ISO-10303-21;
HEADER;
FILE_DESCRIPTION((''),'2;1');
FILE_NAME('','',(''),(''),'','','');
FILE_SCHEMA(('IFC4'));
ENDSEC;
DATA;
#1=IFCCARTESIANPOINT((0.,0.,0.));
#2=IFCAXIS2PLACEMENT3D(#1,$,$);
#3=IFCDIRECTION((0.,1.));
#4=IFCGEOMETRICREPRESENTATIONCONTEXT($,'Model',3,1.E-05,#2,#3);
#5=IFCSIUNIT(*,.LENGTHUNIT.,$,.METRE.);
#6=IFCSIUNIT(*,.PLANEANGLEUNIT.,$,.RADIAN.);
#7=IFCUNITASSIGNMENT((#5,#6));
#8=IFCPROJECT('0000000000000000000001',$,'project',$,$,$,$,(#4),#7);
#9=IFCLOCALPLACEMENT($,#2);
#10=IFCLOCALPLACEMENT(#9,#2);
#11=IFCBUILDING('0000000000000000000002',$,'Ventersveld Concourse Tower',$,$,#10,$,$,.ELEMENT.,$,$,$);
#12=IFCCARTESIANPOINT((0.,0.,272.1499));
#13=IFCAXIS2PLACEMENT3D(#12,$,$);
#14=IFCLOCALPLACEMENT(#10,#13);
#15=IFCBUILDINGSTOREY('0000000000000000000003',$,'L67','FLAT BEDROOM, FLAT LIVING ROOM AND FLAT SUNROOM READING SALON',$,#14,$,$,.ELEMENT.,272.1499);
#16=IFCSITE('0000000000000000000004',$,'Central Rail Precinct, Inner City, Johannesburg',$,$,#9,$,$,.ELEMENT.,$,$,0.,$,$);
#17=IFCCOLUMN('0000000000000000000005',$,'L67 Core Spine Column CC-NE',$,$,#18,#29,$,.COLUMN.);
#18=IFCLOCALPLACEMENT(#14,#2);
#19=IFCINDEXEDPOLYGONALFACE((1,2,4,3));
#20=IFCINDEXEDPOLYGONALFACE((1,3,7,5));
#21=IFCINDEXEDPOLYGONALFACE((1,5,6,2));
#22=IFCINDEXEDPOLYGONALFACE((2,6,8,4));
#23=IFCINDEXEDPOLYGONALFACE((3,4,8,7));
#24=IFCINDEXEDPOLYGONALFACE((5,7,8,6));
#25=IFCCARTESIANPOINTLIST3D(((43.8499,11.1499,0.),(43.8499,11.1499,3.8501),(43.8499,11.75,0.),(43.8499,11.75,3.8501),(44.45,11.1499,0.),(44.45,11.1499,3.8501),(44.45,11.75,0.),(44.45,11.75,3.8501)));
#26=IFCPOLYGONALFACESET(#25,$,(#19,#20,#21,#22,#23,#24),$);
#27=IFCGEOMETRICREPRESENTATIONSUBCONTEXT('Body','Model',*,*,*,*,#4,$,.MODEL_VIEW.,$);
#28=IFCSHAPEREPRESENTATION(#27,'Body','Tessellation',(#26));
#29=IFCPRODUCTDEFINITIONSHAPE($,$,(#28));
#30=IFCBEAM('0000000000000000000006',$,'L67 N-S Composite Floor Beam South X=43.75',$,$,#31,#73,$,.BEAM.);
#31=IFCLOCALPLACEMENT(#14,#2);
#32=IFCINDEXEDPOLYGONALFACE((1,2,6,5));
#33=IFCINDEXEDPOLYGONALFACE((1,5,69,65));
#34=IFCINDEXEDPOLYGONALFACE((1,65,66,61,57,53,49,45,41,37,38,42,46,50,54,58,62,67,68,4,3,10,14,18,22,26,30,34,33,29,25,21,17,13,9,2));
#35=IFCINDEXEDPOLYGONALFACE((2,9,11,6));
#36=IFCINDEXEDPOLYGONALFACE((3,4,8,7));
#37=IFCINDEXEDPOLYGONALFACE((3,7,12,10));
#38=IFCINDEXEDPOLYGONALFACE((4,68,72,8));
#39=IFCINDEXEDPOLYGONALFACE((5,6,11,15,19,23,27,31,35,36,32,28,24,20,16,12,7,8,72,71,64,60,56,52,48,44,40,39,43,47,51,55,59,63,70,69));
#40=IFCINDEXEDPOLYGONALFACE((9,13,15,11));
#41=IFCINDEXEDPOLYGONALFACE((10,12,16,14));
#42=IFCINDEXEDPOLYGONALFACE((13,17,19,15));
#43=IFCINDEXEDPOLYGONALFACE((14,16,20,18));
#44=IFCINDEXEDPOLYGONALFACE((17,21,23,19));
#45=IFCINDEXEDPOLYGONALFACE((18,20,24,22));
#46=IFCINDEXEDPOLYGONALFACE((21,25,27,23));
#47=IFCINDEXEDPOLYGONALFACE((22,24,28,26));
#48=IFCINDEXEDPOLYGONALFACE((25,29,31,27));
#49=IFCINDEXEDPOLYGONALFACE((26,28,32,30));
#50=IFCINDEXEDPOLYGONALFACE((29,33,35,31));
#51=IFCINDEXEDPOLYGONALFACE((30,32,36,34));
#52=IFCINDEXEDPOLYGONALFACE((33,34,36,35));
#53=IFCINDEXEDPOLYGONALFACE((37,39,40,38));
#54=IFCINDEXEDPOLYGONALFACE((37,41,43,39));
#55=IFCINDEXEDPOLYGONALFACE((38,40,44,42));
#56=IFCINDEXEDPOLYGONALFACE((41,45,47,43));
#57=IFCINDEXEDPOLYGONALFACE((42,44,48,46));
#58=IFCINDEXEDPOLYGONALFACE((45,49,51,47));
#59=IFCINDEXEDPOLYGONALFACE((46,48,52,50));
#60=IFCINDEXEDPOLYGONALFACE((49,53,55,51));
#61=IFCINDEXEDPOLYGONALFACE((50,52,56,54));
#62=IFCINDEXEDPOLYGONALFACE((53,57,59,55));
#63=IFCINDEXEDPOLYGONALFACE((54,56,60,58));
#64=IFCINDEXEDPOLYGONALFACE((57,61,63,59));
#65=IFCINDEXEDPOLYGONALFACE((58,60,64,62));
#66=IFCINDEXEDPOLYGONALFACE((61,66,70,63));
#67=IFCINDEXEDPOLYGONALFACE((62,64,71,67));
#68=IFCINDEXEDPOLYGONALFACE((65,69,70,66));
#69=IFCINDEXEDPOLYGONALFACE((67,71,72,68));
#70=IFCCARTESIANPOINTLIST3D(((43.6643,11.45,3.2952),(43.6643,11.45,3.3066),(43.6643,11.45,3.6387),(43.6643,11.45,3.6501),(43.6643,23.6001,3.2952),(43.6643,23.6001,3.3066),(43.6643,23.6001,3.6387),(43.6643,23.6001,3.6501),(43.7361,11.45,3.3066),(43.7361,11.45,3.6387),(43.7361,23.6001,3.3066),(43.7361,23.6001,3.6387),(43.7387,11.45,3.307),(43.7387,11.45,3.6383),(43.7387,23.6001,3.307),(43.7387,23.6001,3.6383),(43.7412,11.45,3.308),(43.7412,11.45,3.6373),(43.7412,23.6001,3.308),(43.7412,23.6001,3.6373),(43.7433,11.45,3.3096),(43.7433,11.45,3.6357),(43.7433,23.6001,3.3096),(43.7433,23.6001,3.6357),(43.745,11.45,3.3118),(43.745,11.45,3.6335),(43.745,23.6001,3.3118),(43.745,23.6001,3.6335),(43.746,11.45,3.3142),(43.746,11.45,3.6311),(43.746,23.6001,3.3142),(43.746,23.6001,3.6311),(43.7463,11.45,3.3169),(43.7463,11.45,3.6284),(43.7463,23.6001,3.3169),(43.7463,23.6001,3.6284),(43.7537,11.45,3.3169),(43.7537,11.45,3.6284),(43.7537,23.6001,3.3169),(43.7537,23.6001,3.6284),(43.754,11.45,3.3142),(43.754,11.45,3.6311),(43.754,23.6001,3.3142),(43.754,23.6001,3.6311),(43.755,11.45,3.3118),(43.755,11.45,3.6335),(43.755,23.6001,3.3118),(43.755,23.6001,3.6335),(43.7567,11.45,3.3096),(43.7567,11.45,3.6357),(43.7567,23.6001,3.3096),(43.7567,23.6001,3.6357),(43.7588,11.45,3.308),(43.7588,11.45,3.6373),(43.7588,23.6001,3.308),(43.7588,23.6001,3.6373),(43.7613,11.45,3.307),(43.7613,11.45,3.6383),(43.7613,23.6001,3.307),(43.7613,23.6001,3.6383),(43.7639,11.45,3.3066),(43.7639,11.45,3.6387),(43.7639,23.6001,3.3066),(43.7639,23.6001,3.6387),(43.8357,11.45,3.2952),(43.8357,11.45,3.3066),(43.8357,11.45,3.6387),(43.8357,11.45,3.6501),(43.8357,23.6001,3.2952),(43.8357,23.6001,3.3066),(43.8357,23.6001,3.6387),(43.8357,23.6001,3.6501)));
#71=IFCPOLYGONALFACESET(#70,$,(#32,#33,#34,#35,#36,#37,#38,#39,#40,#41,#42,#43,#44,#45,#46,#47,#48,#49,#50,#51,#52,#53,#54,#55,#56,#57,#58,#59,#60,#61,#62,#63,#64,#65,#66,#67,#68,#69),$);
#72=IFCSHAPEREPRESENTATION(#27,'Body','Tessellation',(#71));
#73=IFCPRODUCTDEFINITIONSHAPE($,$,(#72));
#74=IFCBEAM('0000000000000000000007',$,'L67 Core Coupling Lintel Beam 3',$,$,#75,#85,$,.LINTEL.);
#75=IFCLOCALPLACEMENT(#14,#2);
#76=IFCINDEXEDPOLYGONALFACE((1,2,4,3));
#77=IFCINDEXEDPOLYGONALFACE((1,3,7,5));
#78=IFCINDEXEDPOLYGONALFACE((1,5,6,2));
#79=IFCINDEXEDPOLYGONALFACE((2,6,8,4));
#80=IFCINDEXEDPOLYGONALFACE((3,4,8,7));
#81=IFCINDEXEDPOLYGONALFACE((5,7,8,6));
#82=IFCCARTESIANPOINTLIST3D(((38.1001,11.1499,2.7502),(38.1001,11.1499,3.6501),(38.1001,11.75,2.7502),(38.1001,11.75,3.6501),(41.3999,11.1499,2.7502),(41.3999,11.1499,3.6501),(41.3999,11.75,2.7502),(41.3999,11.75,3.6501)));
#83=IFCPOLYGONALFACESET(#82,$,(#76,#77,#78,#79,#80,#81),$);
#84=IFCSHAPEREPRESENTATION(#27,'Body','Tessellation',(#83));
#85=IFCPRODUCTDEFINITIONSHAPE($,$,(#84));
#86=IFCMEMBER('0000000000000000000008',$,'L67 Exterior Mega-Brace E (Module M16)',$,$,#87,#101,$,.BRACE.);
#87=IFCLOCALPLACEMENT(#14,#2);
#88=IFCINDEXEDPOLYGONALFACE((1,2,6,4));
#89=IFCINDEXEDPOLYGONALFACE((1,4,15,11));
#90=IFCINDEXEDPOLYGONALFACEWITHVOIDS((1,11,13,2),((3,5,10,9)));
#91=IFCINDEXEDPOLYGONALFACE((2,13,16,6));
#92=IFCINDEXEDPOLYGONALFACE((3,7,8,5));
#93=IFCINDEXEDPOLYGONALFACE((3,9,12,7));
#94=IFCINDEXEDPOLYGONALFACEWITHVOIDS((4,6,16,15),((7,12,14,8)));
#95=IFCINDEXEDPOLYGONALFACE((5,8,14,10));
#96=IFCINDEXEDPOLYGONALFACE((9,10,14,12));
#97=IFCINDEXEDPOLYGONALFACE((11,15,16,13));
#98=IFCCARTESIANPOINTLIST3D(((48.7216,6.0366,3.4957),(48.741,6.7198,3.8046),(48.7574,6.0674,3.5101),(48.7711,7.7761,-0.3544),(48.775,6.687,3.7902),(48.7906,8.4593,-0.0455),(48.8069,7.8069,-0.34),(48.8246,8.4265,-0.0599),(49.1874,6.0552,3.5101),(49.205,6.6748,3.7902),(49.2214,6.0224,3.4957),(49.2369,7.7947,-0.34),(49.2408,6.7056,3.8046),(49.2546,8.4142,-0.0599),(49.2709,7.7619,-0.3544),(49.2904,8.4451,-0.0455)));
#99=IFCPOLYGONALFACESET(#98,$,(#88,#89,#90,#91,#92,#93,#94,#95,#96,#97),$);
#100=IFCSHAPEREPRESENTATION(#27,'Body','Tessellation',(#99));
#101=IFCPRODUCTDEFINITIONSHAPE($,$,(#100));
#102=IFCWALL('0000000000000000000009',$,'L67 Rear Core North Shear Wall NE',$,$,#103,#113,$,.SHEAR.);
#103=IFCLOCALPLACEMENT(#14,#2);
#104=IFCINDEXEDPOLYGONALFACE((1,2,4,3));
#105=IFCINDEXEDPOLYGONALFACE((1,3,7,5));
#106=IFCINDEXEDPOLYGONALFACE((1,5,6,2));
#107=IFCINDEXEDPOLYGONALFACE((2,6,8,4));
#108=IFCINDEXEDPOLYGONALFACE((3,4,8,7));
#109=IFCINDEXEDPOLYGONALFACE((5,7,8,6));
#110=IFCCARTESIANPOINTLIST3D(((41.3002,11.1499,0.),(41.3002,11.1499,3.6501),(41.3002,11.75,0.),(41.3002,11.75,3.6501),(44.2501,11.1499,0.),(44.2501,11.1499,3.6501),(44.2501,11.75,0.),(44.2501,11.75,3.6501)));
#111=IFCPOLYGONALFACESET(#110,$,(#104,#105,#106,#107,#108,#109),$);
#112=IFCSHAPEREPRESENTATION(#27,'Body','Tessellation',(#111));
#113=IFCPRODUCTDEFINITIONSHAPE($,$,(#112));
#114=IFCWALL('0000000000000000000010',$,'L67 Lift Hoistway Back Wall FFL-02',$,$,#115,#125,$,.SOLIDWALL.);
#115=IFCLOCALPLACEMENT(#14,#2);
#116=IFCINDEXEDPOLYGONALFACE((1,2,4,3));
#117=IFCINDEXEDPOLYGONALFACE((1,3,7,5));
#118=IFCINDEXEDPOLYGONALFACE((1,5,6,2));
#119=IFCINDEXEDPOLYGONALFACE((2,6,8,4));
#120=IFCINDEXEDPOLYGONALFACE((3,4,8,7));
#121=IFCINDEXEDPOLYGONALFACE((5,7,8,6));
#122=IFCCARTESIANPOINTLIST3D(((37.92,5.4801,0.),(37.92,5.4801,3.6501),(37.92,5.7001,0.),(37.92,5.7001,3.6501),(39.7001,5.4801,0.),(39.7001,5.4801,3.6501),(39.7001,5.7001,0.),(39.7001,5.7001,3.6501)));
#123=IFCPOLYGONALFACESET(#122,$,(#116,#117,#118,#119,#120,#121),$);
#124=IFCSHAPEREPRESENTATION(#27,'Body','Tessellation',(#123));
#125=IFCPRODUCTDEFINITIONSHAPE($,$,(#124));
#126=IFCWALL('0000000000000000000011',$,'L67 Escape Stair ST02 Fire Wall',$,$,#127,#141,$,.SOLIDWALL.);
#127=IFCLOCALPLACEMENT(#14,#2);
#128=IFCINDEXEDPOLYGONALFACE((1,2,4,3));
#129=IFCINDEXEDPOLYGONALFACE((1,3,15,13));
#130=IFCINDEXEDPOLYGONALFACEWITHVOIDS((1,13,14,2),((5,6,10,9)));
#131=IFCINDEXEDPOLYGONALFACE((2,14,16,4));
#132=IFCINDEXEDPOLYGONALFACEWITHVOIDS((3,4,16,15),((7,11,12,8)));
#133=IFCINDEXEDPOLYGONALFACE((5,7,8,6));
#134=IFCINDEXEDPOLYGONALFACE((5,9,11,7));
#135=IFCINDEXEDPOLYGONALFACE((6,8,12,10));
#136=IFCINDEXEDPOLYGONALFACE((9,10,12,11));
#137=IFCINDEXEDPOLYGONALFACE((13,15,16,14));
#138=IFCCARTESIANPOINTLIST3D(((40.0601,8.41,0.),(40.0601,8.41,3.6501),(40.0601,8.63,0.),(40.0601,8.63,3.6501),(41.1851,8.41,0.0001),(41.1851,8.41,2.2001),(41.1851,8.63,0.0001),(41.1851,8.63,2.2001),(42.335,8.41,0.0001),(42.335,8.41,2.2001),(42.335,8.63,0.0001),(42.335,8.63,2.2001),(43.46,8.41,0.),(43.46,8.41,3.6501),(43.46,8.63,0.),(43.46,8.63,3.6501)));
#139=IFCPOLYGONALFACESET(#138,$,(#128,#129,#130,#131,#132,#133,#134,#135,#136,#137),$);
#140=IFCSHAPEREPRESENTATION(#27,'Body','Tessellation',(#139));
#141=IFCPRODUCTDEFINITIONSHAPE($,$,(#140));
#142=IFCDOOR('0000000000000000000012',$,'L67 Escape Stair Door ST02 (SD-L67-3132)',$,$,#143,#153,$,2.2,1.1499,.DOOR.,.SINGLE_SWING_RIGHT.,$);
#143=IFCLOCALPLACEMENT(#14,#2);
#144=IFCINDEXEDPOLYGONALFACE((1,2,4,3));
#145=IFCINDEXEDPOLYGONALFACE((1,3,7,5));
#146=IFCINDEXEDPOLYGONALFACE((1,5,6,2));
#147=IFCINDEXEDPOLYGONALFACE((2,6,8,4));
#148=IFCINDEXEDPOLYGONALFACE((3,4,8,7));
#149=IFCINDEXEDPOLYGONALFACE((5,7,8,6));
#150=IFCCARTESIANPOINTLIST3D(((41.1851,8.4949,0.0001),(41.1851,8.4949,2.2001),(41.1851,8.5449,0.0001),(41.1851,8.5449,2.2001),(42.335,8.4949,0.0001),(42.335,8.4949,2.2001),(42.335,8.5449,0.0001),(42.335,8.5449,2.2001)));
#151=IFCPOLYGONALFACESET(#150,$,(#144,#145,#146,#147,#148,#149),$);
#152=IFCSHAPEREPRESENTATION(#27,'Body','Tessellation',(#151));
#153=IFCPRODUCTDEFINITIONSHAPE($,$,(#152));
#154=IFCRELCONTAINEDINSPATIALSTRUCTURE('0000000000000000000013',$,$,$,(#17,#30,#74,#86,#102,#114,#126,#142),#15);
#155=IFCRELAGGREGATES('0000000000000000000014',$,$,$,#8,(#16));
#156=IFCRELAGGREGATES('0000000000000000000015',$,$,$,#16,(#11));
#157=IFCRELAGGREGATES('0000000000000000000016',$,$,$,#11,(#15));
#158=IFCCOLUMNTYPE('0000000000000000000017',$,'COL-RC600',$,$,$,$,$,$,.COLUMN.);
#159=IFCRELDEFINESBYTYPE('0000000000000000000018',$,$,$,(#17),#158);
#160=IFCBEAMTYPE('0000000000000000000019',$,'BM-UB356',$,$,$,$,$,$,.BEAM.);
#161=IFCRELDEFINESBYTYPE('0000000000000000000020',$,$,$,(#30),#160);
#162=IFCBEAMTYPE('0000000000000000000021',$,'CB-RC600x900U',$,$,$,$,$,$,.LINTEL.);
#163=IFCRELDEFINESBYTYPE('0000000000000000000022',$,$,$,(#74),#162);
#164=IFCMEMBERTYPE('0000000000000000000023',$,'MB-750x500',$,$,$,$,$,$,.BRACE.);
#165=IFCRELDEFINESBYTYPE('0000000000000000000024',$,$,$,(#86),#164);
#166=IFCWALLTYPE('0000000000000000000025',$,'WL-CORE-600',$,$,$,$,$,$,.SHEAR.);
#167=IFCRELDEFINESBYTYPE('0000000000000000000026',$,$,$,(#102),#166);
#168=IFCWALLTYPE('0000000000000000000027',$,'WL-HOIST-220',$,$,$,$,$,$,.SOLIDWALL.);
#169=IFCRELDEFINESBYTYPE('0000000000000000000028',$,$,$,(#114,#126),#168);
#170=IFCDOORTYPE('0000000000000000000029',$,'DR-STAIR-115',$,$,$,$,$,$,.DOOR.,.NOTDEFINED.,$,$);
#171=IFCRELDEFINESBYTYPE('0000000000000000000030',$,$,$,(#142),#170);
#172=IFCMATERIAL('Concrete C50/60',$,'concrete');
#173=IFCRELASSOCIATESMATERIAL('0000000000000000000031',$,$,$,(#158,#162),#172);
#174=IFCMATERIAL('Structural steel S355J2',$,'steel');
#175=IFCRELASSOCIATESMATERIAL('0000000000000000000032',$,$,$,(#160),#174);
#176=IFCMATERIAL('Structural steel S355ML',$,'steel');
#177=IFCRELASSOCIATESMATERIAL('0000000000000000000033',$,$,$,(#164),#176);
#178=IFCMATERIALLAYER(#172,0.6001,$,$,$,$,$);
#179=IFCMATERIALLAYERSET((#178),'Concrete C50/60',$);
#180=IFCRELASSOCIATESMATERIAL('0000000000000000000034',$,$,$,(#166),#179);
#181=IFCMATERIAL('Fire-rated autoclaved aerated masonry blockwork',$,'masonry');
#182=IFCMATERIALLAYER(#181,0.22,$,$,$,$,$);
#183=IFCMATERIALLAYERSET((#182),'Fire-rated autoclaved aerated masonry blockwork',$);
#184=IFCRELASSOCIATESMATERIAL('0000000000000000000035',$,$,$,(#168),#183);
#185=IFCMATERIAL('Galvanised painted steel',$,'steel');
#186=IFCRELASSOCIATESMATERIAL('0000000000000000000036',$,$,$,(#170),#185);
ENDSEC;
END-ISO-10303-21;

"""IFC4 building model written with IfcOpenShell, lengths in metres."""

from ifc_helpers import new_model, si_unit, direction, frame, frame_2d, origin, origin_2d, place, context, subcontext, project, spatial, rectangle, hollow_rectangle, i_section, extrude, material, layer, layer_set, material_profile, profile_set, type_object, element, fill, save


model = new_model("IFC4")

# Units and contexts
model_context = context("Model", 3, precision=1e-05, world=origin(), true_north=direction((0.0, 1.0)))
body_context = subcontext(model_context, "Body", "Model", "MODEL_VIEW")
ifc_project = project(units=[si_unit("LENGTHUNIT", "METRE"), si_unit("PLANEANGLEUNIT", "RADIAN")], contexts=[model_context])

# Site, building, storey
site_placement = place(None, origin())
site = spatial("IfcSite", under=ifc_project, at=site_placement, Name="Central Rail Precinct, Inner City, Johannesburg", CompositionType="ELEMENT", RefElevation=0.0)
building_placement = place(site_placement, origin())
building = spatial("IfcBuilding", under=site, at=building_placement, Name="Ventersveld Concourse Tower", CompositionType="ELEMENT")
storey_placement = place(building_placement, frame((0.0, 0.0, 272.1499)))
storey = spatial("IfcBuildingStorey", under=building, at=storey_placement, Name="L67", Description="FLAT BEDROOM, FLAT LIVING ROOM AND FLAT SUNROOM READING SALON", CompositionType="ELEMENT", Elevation=272.1499)

# Column
ifc_material_1 = material(Name="Concrete C50/60", Category="concrete")
ifc_material_profile_1 = material_profile(ifc_material_1, rectangle(XDim=0.6001, YDim=0.6001, at=origin_2d()), Name="RC 600x600")
ifc_profile_set_1 = profile_set([ifc_material_profile_1], Name="Concrete C50/60")
column_type = type_object("IfcColumnType", Name="COL-RC600", PredefinedType="COLUMN", material=ifc_profile_set_1)
column_placement = place(storey_placement, frame((44.1499, 11.45, 0.0), z_axis=(0.0, 0.0, 1.0), x_axis=(1.0, 0.0, 0.0)))
element("IfcColumn", 1, at=column_placement, inside=storey, type_object=column_type, Name="L67 Core Spine Column CC-NE", PredefinedType="COLUMN", context=body_context, shape_type="SweptSolid", body=[
    extrude(rectangle(XDim=0.6001, YDim=0.6001, at=origin_2d()), origin(), (0.0, 0.0, 1.0), 3.8501),
])

# Beams
ifc_material_2 = material(Name="Structural steel S355J2", Category="steel")
ifc_material_profile_2 = material_profile(ifc_material_2, i_section(OverallWidth=0.1714, OverallDepth=0.355, WebThickness=0.0073, FlangeThickness=0.0115, FilletRadius=0.0103, at=origin_2d()), Name="UB 356x171x51")
ifc_profile_set_2 = profile_set([ifc_material_profile_2], Name="Structural steel S355J2")
beam_type_1 = type_object("IfcBeamType", Name="BM-UB356", PredefinedType="BEAM", material=ifc_profile_set_2)
beam_1_placement = place(storey_placement, frame((43.75, 11.45, 3.4727), z_axis=(0.0, 1.0, 0.0), x_axis=(-1.0, 0.0, 0.0)))
element("IfcBeam", 2, at=beam_1_placement, inside=storey, type_object=beam_type_1, Name="L67 N-S Composite Floor Beam South X=43.75", PredefinedType="BEAM", context=body_context, shape_type="SweptSolid", body=[
    extrude(i_section(OverallWidth=0.1714, OverallDepth=0.355, WebThickness=0.0073, FlangeThickness=0.0115, FilletRadius=0.0103, at=origin_2d()), origin(), (0.0, 0.0, 1.0), 12.1501),
])
ifc_material_profile_3 = material_profile(ifc_material_1, rectangle(XDim=0.6001, YDim=0.8999, at=origin_2d()), Name="RC 600x900")
ifc_profile_set_3 = profile_set([ifc_material_profile_3], Name="Concrete C50/60")
beam_type_2 = type_object("IfcBeamType", Name="CB-RC600x900U", PredefinedType="LINTEL", material=ifc_profile_set_3)
beam_2_placement = place(storey_placement, frame((38.1001, 11.45, 3.2002), z_axis=(1.0, 0.0, 0.0), x_axis=(0.0, 1.0, 0.0)))
element("IfcBeam", 3, at=beam_2_placement, inside=storey, type_object=beam_type_2, Name="L67 Core Coupling Lintel Beam 3", PredefinedType="LINTEL", context=body_context, shape_type="SweptSolid", body=[
    extrude(rectangle(XDim=0.6001, YDim=0.8999, at=origin_2d()), origin(), (0.0, 0.0, 1.0), 3.2998),
])

# Member
ifc_material_3 = material(Name="Structural steel S355ML", Category="steel")
ifc_material_profile_4 = material_profile(ifc_material_3, hollow_rectangle(XDim=0.5, YDim=0.75, WallThickness=0.0349, at=origin_2d()), Name="BOX 750x500x35")
ifc_profile_set_4 = profile_set([ifc_material_profile_4], Name="Structural steel S355ML")
member_type = type_object("IfcMemberType", Name="MB-750x500", PredefinedType="BRACE", material=ifc_profile_set_4)
member_placement = place(storey_placement, frame((49.0308, 8.1106, -0.2), z_axis=(-0.01173, -0.411705, 0.911241), x_axis=(0.999594, -0.02848, 0.0)))
element("IfcMember", 4, at=member_placement, inside=storey, type_object=member_type, Name="L67 Exterior Mega-Brace E (Module M16)", PredefinedType="BRACE", context=body_context, shape_type="SweptSolid", body=[
    extrude(hollow_rectangle(XDim=0.5, YDim=0.75, WallThickness=0.0349, at=origin_2d()), origin(), (0.0, 0.0, 1.0), 4.2251),
])

# Wall
ifc_layer_1 = layer(ifc_material_1, 0.6001)
ifc_layer_set_1 = layer_set([ifc_layer_1], Name="Concrete C50/60")
wall_type_1 = type_object("IfcWallType", Name="WL-CORE-600", PredefinedType="SHEAR", material=ifc_layer_set_1)
wall_1_placement = place(storey_placement, frame((41.3, 11.45, 0.0), z_axis=(0.0, 0.0, 1.0), x_axis=(1.0, 0.0, 0.0)))
element("IfcWall", 5, at=wall_1_placement, inside=storey, type_object=wall_type_1, Name="L67 Rear Core North Shear Wall NE", PredefinedType="SHEAR", context=body_context, shape_type="SweptSolid", body=[
    extrude(rectangle(XDim=2.95, YDim=0.6001, at=frame_2d((1.4751, 0.0))), origin(), (0.0, 0.0, 1.0), 3.6501),
])

# Shared definitions
ifc_material_4 = material(Name="Fire-rated autoclaved aerated masonry blockwork", Category="masonry")

# Wall
ifc_layer_2 = layer(ifc_material_4, 0.22)
ifc_layer_set_2 = layer_set([ifc_layer_2], Name="Fire-rated autoclaved aerated masonry blockwork")
wall_type_2 = type_object("IfcWallType", Name="WL-HOIST-220", PredefinedType="SOLIDWALL", material=ifc_layer_set_2)
wall_2_placement = place(storey_placement, frame((37.9199, 5.5901, 0.0), z_axis=(0.0, 0.0, 1.0), x_axis=(1.0, 0.0, 0.0)))
element("IfcWall", 6, at=wall_2_placement, inside=storey, type_object=wall_type_2, Name="L67 Lift Hoistway Back Wall FFL-02", PredefinedType="SOLIDWALL", context=body_context, shape_type="SweptSolid", body=[
    extrude(rectangle(XDim=1.78, YDim=0.22, at=frame_2d((0.8901, 0.0))), origin(), (0.0, 0.0, 1.0), 3.6501),
])

# Wall, opening, door
wall_3_placement = place(storey_placement, frame((40.0601, 8.52, 0.0), z_axis=(0.0, 0.0, 1.0), x_axis=(1.0, 0.0, 0.0)))
wall_3 = element("IfcWall", 7, at=wall_3_placement, inside=storey, type_object=wall_type_2, Name="L67 Escape Stair ST02 Fire Wall", PredefinedType="SOLIDWALL", context=body_context, shape_type="SweptSolid", body=[
    extrude(rectangle(XDim=3.3999, YDim=0.22, at=frame_2d((1.7, 0.0))), origin(), (0.0, 0.0, 1.0), 3.6501),
])
opening_1_placement = place(wall_3_placement, frame((1.125, 0.0, 0.0)))
opening_1 = element("IfcOpeningElement", 8, at=opening_1_placement, cuts=wall_3, PredefinedType="OPENING", context=body_context, shape_type="SweptSolid", body=[
    extrude(rectangle(XDim=1.1499, YDim=2.2, at=frame_2d((0.575, 1.1001))), frame((0.0, 0.1201, 0.0), z_axis=(0.0, -1.0, 0.0), x_axis=(1.0, 0.0, 0.0)), (0.0, 0.0, 1.0), 0.24),
])
ifc_material_5 = material(Name="Galvanised painted steel", Category="steel")
door_type_1 = type_object("IfcDoorType", Name="DR-STAIR-115", OperationType="NOTDEFINED", PredefinedType="DOOR", material=ifc_material_5)
door_1_placement = place(opening_1_placement, origin())
door_1 = element("IfcDoor", 9, at=door_1_placement, inside=storey, type_object=door_type_1, Name="L67 Escape Stair Door ST02 (SD-L67-3132)", OperationType="SINGLE_SWING_RIGHT", OverallHeight=2.2, OverallWidth=1.1499, PredefinedType="DOOR", context=body_context, shape_type="SweptSolid", body=[
    extrude(rectangle(XDim=1.1499, YDim=2.2, at=frame_2d((0.575, 1.1001))), frame((0.0, 0.0249, 0.0), z_axis=(0.0, -1.0, 0.0), x_axis=(1.0, 0.0, 0.0)), (0.0, 0.0, 1.0), 0.05),
])
fill(opening_1, door_1)

save(model, "model.ifc")
